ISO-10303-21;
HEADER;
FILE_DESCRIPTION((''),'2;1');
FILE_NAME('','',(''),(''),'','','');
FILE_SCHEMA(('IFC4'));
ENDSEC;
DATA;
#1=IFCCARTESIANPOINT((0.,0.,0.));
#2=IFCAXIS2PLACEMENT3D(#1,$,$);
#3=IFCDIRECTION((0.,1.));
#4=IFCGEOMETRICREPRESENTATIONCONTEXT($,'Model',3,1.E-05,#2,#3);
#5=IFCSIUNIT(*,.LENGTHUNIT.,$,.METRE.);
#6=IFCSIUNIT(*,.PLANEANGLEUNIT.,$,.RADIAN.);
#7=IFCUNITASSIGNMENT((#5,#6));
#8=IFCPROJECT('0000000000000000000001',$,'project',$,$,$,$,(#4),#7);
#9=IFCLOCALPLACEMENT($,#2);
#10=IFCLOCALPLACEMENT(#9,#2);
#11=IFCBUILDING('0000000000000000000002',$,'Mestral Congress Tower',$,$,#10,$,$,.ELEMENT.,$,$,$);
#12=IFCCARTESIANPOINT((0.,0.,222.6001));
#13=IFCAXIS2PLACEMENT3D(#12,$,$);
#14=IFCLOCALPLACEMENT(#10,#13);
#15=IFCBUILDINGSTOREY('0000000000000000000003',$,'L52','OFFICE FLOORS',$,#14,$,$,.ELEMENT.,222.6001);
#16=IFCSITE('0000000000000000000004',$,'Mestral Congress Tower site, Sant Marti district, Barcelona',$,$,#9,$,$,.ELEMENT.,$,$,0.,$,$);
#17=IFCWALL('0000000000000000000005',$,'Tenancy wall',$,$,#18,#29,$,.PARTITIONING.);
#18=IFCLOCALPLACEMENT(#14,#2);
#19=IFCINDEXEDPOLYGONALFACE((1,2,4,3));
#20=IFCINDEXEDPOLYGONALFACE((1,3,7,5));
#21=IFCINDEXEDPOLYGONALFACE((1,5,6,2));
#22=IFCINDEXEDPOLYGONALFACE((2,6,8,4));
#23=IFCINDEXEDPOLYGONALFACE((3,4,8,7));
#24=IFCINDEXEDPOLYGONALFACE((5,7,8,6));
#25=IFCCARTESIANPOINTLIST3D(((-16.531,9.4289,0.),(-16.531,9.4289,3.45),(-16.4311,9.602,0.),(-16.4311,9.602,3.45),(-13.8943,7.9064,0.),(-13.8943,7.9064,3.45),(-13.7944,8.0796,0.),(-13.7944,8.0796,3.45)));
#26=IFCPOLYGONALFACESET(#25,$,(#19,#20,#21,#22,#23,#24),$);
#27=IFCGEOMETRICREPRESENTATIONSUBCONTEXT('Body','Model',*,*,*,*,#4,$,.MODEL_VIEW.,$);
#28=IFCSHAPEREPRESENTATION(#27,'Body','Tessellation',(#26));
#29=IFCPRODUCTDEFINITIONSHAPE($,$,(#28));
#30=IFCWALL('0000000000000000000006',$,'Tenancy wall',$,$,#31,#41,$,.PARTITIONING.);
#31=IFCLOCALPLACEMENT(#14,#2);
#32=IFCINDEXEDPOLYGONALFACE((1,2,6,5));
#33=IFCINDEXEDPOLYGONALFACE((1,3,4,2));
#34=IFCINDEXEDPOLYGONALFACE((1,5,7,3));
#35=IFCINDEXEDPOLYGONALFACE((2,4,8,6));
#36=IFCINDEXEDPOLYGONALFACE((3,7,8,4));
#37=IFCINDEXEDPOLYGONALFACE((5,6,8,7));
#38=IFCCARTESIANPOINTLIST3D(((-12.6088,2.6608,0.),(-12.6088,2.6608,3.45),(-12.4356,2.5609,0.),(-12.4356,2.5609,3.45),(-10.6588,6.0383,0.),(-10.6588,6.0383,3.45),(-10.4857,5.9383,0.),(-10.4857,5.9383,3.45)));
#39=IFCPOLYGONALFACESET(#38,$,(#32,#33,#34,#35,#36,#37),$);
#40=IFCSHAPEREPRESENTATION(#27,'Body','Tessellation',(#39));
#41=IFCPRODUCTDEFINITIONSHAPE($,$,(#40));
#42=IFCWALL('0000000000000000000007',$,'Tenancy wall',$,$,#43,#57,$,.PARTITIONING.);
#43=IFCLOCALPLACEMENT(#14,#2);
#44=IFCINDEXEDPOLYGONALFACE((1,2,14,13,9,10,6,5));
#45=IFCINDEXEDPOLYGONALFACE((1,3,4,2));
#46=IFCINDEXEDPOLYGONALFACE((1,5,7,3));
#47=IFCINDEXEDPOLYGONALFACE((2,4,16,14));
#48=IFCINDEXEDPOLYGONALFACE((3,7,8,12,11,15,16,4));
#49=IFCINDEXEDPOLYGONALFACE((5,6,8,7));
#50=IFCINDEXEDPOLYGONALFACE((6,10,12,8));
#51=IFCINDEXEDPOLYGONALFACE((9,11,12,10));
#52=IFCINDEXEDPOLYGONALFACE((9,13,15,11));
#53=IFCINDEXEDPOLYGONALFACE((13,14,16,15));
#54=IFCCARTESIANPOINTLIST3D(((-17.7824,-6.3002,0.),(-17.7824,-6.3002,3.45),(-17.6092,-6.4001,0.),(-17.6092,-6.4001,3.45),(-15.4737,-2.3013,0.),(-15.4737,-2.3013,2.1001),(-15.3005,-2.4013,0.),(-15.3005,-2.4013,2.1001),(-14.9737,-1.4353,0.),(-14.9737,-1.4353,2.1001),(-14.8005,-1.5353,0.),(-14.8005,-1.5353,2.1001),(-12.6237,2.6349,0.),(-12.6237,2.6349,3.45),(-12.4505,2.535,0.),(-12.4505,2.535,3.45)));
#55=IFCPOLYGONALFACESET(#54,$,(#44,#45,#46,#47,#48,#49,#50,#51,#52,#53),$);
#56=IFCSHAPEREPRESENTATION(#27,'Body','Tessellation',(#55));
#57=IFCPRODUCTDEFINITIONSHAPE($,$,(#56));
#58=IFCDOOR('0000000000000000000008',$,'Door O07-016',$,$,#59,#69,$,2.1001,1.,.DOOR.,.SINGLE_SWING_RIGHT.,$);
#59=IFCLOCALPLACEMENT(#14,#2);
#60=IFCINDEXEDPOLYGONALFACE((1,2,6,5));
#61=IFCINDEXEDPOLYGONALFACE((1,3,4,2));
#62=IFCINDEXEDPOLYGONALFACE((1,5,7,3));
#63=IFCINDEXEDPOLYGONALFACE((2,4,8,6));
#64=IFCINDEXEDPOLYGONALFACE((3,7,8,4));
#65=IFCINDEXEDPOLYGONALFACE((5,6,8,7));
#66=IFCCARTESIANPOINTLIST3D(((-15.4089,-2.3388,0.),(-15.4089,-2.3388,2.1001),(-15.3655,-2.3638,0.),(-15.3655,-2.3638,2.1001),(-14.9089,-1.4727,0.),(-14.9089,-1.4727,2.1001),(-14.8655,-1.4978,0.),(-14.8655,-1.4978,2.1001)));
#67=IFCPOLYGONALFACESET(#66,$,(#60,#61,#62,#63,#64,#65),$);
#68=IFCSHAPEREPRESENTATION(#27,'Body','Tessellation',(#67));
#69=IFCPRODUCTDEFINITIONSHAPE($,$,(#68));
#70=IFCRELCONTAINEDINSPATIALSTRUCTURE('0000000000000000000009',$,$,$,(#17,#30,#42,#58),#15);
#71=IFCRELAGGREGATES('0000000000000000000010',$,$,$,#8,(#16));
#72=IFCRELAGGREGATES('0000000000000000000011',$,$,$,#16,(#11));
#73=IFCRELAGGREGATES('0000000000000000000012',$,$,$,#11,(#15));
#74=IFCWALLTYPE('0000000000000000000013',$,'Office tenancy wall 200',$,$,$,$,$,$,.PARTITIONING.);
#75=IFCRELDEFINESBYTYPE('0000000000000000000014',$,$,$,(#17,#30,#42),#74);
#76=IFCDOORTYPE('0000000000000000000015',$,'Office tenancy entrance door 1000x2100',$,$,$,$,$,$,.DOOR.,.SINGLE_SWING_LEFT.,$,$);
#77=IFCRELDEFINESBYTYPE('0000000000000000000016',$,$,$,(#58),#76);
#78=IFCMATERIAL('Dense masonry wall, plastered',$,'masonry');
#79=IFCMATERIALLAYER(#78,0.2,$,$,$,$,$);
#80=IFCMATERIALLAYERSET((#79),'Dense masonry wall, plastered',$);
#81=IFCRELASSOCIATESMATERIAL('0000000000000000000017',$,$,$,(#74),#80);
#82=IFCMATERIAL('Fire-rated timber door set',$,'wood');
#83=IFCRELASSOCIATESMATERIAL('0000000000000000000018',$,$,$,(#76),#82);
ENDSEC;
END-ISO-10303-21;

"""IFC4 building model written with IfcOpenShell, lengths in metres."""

from ifc_helpers import new_model, si_unit, direction, frame, frame_2d, origin, place, context, subcontext, project, spatial, rectangle, extrude, material, layer, layer_set, type_object, element, fill, save


model = new_model("IFC4")

# Units and contexts
model_context = context("Model", 3, precision=1e-05, world=origin(), true_north=direction((0.0, 1.0)))
body_context = subcontext(model_context, "Body", "Model", "MODEL_VIEW")
ifc_project = project(units=[si_unit("LENGTHUNIT", "METRE"), si_unit("PLANEANGLEUNIT", "RADIAN")], contexts=[model_context])

# Site, building, storey
site_placement = place(None, origin())
site = spatial("IfcSite", under=ifc_project, at=site_placement, Name="Mestral Congress Tower site, Sant Marti district, Barcelona", CompositionType="ELEMENT", RefElevation=0.0)
building_placement = place(site_placement, origin())
building = spatial("IfcBuilding", under=site, at=building_placement, Name="Mestral Congress Tower", CompositionType="ELEMENT")
storey_placement = place(building_placement, frame((0.0, 0.0, 222.6001)))
storey = spatial("IfcBuildingStorey", under=building, at=storey_placement, Name="L52", Description="OFFICE FLOORS", CompositionType="ELEMENT", Elevation=222.6001)

# Walls
ifc_material_1 = material(Name="Dense masonry wall, plastered", Category="masonry")
ifc_layer_1 = layer(ifc_material_1, 0.2)
ifc_layer_set_1 = layer_set([ifc_layer_1], Name="Dense masonry wall, plastered")
wall_type_1 = type_object("IfcWallType", Name="Office tenancy wall 200", PredefinedType="PARTITIONING", material=ifc_layer_set_1)
wall_1_placement = place(storey_placement, frame((-13.8442, 7.9929, 0.0), z_axis=(0.0, 0.0, 1.0), x_axis=(-0.866004, 0.500037, 0.0)))
element("IfcWall", 1, at=wall_1_placement, inside=storey, type_object=wall_type_1, Name="Tenancy wall", PredefinedType="PARTITIONING", context=body_context, shape_type="SweptSolid", body=[
    extrude(rectangle(XDim=3.0447, YDim=0.2, at=frame_2d((1.5225, 0.0))), origin(), (0.0, 0.0, 1.0), 3.45),
])
wall_2_placement = place(storey_placement, frame((-10.5723, 5.9883, 0.0), z_axis=(0.0, 0.0, 1.0), x_axis=(-0.499997, -0.866027, 0.0)))
element("IfcWall", 2, at=wall_2_placement, inside=storey, type_object=wall_type_1, Name="Tenancy wall", PredefinedType="PARTITIONING", context=body_context, shape_type="SweptSolid", body=[
    extrude(rectangle(XDim=3.8999, YDim=0.2, at=frame_2d((1.95, 0.0))), origin(), (0.0, 0.0, 1.0), 3.45),
])

# Wall, opening, door
wall_3_placement = place(storey_placement, frame((-12.5371, 2.585, 0.0), z_axis=(0.0, 0.0, 1.0), x_axis=(-0.500002, -0.866024, 0.0)))
wall_3 = element("IfcWall", 3, at=wall_3_placement, inside=storey, type_object=wall_type_1, Name="Tenancy wall", PredefinedType="PARTITIONING", context=body_context, shape_type="SweptSolid", body=[
    extrude(rectangle(XDim=10.3174, YDim=0.2, at=frame_2d((5.1587, 0.0))), origin(), (0.0, 0.0, 1.0), 3.45),
])
opening_1_placement = place(wall_3_placement, frame((4.7, 0.0, 0.0)))
opening_1 = element("IfcOpeningElement", 4, at=opening_1_placement, cuts=wall_3, PredefinedType="OPENING", context=body_context, shape_type="SweptSolid", body=[
    extrude(rectangle(XDim=1.0, YDim=2.1001, at=frame_2d((0.5, 1.05))), frame((0.0, 0.1099, 0.0), z_axis=(0.0, -1.0, 0.0), x_axis=(1.0, 0.0, 0.0)), (0.0, 0.0, 1.0), 0.22),
])
ifc_material_2 = material(Name="Fire-rated timber door set", Category="wood")
door_type_1 = type_object("IfcDoorType", Name="Office tenancy entrance door 1000x2100", OperationType="SINGLE_SWING_LEFT", PredefinedType="DOOR", material=ifc_material_2)
door_1_placement = place(opening_1_placement, origin())
door_1 = element("IfcDoor", 5, at=door_1_placement, inside=storey, type_object=door_type_1, Name="Door O07-016", OperationType="SINGLE_SWING_RIGHT", OverallHeight=2.1001, OverallWidth=1.0, PredefinedType="DOOR", context=body_context, shape_type="SweptSolid", body=[
    extrude(rectangle(XDim=1.0, YDim=2.1001, at=frame_2d((0.5, 1.05))), frame((0.0, 0.0249, 0.0), z_axis=(0.0, -1.0, 0.0), x_axis=(1.0, 0.0, 0.0)), (0.0, 0.0, 1.0), 0.05),
])
fill(opening_1, door_1)

save(model, "model.ifc")
